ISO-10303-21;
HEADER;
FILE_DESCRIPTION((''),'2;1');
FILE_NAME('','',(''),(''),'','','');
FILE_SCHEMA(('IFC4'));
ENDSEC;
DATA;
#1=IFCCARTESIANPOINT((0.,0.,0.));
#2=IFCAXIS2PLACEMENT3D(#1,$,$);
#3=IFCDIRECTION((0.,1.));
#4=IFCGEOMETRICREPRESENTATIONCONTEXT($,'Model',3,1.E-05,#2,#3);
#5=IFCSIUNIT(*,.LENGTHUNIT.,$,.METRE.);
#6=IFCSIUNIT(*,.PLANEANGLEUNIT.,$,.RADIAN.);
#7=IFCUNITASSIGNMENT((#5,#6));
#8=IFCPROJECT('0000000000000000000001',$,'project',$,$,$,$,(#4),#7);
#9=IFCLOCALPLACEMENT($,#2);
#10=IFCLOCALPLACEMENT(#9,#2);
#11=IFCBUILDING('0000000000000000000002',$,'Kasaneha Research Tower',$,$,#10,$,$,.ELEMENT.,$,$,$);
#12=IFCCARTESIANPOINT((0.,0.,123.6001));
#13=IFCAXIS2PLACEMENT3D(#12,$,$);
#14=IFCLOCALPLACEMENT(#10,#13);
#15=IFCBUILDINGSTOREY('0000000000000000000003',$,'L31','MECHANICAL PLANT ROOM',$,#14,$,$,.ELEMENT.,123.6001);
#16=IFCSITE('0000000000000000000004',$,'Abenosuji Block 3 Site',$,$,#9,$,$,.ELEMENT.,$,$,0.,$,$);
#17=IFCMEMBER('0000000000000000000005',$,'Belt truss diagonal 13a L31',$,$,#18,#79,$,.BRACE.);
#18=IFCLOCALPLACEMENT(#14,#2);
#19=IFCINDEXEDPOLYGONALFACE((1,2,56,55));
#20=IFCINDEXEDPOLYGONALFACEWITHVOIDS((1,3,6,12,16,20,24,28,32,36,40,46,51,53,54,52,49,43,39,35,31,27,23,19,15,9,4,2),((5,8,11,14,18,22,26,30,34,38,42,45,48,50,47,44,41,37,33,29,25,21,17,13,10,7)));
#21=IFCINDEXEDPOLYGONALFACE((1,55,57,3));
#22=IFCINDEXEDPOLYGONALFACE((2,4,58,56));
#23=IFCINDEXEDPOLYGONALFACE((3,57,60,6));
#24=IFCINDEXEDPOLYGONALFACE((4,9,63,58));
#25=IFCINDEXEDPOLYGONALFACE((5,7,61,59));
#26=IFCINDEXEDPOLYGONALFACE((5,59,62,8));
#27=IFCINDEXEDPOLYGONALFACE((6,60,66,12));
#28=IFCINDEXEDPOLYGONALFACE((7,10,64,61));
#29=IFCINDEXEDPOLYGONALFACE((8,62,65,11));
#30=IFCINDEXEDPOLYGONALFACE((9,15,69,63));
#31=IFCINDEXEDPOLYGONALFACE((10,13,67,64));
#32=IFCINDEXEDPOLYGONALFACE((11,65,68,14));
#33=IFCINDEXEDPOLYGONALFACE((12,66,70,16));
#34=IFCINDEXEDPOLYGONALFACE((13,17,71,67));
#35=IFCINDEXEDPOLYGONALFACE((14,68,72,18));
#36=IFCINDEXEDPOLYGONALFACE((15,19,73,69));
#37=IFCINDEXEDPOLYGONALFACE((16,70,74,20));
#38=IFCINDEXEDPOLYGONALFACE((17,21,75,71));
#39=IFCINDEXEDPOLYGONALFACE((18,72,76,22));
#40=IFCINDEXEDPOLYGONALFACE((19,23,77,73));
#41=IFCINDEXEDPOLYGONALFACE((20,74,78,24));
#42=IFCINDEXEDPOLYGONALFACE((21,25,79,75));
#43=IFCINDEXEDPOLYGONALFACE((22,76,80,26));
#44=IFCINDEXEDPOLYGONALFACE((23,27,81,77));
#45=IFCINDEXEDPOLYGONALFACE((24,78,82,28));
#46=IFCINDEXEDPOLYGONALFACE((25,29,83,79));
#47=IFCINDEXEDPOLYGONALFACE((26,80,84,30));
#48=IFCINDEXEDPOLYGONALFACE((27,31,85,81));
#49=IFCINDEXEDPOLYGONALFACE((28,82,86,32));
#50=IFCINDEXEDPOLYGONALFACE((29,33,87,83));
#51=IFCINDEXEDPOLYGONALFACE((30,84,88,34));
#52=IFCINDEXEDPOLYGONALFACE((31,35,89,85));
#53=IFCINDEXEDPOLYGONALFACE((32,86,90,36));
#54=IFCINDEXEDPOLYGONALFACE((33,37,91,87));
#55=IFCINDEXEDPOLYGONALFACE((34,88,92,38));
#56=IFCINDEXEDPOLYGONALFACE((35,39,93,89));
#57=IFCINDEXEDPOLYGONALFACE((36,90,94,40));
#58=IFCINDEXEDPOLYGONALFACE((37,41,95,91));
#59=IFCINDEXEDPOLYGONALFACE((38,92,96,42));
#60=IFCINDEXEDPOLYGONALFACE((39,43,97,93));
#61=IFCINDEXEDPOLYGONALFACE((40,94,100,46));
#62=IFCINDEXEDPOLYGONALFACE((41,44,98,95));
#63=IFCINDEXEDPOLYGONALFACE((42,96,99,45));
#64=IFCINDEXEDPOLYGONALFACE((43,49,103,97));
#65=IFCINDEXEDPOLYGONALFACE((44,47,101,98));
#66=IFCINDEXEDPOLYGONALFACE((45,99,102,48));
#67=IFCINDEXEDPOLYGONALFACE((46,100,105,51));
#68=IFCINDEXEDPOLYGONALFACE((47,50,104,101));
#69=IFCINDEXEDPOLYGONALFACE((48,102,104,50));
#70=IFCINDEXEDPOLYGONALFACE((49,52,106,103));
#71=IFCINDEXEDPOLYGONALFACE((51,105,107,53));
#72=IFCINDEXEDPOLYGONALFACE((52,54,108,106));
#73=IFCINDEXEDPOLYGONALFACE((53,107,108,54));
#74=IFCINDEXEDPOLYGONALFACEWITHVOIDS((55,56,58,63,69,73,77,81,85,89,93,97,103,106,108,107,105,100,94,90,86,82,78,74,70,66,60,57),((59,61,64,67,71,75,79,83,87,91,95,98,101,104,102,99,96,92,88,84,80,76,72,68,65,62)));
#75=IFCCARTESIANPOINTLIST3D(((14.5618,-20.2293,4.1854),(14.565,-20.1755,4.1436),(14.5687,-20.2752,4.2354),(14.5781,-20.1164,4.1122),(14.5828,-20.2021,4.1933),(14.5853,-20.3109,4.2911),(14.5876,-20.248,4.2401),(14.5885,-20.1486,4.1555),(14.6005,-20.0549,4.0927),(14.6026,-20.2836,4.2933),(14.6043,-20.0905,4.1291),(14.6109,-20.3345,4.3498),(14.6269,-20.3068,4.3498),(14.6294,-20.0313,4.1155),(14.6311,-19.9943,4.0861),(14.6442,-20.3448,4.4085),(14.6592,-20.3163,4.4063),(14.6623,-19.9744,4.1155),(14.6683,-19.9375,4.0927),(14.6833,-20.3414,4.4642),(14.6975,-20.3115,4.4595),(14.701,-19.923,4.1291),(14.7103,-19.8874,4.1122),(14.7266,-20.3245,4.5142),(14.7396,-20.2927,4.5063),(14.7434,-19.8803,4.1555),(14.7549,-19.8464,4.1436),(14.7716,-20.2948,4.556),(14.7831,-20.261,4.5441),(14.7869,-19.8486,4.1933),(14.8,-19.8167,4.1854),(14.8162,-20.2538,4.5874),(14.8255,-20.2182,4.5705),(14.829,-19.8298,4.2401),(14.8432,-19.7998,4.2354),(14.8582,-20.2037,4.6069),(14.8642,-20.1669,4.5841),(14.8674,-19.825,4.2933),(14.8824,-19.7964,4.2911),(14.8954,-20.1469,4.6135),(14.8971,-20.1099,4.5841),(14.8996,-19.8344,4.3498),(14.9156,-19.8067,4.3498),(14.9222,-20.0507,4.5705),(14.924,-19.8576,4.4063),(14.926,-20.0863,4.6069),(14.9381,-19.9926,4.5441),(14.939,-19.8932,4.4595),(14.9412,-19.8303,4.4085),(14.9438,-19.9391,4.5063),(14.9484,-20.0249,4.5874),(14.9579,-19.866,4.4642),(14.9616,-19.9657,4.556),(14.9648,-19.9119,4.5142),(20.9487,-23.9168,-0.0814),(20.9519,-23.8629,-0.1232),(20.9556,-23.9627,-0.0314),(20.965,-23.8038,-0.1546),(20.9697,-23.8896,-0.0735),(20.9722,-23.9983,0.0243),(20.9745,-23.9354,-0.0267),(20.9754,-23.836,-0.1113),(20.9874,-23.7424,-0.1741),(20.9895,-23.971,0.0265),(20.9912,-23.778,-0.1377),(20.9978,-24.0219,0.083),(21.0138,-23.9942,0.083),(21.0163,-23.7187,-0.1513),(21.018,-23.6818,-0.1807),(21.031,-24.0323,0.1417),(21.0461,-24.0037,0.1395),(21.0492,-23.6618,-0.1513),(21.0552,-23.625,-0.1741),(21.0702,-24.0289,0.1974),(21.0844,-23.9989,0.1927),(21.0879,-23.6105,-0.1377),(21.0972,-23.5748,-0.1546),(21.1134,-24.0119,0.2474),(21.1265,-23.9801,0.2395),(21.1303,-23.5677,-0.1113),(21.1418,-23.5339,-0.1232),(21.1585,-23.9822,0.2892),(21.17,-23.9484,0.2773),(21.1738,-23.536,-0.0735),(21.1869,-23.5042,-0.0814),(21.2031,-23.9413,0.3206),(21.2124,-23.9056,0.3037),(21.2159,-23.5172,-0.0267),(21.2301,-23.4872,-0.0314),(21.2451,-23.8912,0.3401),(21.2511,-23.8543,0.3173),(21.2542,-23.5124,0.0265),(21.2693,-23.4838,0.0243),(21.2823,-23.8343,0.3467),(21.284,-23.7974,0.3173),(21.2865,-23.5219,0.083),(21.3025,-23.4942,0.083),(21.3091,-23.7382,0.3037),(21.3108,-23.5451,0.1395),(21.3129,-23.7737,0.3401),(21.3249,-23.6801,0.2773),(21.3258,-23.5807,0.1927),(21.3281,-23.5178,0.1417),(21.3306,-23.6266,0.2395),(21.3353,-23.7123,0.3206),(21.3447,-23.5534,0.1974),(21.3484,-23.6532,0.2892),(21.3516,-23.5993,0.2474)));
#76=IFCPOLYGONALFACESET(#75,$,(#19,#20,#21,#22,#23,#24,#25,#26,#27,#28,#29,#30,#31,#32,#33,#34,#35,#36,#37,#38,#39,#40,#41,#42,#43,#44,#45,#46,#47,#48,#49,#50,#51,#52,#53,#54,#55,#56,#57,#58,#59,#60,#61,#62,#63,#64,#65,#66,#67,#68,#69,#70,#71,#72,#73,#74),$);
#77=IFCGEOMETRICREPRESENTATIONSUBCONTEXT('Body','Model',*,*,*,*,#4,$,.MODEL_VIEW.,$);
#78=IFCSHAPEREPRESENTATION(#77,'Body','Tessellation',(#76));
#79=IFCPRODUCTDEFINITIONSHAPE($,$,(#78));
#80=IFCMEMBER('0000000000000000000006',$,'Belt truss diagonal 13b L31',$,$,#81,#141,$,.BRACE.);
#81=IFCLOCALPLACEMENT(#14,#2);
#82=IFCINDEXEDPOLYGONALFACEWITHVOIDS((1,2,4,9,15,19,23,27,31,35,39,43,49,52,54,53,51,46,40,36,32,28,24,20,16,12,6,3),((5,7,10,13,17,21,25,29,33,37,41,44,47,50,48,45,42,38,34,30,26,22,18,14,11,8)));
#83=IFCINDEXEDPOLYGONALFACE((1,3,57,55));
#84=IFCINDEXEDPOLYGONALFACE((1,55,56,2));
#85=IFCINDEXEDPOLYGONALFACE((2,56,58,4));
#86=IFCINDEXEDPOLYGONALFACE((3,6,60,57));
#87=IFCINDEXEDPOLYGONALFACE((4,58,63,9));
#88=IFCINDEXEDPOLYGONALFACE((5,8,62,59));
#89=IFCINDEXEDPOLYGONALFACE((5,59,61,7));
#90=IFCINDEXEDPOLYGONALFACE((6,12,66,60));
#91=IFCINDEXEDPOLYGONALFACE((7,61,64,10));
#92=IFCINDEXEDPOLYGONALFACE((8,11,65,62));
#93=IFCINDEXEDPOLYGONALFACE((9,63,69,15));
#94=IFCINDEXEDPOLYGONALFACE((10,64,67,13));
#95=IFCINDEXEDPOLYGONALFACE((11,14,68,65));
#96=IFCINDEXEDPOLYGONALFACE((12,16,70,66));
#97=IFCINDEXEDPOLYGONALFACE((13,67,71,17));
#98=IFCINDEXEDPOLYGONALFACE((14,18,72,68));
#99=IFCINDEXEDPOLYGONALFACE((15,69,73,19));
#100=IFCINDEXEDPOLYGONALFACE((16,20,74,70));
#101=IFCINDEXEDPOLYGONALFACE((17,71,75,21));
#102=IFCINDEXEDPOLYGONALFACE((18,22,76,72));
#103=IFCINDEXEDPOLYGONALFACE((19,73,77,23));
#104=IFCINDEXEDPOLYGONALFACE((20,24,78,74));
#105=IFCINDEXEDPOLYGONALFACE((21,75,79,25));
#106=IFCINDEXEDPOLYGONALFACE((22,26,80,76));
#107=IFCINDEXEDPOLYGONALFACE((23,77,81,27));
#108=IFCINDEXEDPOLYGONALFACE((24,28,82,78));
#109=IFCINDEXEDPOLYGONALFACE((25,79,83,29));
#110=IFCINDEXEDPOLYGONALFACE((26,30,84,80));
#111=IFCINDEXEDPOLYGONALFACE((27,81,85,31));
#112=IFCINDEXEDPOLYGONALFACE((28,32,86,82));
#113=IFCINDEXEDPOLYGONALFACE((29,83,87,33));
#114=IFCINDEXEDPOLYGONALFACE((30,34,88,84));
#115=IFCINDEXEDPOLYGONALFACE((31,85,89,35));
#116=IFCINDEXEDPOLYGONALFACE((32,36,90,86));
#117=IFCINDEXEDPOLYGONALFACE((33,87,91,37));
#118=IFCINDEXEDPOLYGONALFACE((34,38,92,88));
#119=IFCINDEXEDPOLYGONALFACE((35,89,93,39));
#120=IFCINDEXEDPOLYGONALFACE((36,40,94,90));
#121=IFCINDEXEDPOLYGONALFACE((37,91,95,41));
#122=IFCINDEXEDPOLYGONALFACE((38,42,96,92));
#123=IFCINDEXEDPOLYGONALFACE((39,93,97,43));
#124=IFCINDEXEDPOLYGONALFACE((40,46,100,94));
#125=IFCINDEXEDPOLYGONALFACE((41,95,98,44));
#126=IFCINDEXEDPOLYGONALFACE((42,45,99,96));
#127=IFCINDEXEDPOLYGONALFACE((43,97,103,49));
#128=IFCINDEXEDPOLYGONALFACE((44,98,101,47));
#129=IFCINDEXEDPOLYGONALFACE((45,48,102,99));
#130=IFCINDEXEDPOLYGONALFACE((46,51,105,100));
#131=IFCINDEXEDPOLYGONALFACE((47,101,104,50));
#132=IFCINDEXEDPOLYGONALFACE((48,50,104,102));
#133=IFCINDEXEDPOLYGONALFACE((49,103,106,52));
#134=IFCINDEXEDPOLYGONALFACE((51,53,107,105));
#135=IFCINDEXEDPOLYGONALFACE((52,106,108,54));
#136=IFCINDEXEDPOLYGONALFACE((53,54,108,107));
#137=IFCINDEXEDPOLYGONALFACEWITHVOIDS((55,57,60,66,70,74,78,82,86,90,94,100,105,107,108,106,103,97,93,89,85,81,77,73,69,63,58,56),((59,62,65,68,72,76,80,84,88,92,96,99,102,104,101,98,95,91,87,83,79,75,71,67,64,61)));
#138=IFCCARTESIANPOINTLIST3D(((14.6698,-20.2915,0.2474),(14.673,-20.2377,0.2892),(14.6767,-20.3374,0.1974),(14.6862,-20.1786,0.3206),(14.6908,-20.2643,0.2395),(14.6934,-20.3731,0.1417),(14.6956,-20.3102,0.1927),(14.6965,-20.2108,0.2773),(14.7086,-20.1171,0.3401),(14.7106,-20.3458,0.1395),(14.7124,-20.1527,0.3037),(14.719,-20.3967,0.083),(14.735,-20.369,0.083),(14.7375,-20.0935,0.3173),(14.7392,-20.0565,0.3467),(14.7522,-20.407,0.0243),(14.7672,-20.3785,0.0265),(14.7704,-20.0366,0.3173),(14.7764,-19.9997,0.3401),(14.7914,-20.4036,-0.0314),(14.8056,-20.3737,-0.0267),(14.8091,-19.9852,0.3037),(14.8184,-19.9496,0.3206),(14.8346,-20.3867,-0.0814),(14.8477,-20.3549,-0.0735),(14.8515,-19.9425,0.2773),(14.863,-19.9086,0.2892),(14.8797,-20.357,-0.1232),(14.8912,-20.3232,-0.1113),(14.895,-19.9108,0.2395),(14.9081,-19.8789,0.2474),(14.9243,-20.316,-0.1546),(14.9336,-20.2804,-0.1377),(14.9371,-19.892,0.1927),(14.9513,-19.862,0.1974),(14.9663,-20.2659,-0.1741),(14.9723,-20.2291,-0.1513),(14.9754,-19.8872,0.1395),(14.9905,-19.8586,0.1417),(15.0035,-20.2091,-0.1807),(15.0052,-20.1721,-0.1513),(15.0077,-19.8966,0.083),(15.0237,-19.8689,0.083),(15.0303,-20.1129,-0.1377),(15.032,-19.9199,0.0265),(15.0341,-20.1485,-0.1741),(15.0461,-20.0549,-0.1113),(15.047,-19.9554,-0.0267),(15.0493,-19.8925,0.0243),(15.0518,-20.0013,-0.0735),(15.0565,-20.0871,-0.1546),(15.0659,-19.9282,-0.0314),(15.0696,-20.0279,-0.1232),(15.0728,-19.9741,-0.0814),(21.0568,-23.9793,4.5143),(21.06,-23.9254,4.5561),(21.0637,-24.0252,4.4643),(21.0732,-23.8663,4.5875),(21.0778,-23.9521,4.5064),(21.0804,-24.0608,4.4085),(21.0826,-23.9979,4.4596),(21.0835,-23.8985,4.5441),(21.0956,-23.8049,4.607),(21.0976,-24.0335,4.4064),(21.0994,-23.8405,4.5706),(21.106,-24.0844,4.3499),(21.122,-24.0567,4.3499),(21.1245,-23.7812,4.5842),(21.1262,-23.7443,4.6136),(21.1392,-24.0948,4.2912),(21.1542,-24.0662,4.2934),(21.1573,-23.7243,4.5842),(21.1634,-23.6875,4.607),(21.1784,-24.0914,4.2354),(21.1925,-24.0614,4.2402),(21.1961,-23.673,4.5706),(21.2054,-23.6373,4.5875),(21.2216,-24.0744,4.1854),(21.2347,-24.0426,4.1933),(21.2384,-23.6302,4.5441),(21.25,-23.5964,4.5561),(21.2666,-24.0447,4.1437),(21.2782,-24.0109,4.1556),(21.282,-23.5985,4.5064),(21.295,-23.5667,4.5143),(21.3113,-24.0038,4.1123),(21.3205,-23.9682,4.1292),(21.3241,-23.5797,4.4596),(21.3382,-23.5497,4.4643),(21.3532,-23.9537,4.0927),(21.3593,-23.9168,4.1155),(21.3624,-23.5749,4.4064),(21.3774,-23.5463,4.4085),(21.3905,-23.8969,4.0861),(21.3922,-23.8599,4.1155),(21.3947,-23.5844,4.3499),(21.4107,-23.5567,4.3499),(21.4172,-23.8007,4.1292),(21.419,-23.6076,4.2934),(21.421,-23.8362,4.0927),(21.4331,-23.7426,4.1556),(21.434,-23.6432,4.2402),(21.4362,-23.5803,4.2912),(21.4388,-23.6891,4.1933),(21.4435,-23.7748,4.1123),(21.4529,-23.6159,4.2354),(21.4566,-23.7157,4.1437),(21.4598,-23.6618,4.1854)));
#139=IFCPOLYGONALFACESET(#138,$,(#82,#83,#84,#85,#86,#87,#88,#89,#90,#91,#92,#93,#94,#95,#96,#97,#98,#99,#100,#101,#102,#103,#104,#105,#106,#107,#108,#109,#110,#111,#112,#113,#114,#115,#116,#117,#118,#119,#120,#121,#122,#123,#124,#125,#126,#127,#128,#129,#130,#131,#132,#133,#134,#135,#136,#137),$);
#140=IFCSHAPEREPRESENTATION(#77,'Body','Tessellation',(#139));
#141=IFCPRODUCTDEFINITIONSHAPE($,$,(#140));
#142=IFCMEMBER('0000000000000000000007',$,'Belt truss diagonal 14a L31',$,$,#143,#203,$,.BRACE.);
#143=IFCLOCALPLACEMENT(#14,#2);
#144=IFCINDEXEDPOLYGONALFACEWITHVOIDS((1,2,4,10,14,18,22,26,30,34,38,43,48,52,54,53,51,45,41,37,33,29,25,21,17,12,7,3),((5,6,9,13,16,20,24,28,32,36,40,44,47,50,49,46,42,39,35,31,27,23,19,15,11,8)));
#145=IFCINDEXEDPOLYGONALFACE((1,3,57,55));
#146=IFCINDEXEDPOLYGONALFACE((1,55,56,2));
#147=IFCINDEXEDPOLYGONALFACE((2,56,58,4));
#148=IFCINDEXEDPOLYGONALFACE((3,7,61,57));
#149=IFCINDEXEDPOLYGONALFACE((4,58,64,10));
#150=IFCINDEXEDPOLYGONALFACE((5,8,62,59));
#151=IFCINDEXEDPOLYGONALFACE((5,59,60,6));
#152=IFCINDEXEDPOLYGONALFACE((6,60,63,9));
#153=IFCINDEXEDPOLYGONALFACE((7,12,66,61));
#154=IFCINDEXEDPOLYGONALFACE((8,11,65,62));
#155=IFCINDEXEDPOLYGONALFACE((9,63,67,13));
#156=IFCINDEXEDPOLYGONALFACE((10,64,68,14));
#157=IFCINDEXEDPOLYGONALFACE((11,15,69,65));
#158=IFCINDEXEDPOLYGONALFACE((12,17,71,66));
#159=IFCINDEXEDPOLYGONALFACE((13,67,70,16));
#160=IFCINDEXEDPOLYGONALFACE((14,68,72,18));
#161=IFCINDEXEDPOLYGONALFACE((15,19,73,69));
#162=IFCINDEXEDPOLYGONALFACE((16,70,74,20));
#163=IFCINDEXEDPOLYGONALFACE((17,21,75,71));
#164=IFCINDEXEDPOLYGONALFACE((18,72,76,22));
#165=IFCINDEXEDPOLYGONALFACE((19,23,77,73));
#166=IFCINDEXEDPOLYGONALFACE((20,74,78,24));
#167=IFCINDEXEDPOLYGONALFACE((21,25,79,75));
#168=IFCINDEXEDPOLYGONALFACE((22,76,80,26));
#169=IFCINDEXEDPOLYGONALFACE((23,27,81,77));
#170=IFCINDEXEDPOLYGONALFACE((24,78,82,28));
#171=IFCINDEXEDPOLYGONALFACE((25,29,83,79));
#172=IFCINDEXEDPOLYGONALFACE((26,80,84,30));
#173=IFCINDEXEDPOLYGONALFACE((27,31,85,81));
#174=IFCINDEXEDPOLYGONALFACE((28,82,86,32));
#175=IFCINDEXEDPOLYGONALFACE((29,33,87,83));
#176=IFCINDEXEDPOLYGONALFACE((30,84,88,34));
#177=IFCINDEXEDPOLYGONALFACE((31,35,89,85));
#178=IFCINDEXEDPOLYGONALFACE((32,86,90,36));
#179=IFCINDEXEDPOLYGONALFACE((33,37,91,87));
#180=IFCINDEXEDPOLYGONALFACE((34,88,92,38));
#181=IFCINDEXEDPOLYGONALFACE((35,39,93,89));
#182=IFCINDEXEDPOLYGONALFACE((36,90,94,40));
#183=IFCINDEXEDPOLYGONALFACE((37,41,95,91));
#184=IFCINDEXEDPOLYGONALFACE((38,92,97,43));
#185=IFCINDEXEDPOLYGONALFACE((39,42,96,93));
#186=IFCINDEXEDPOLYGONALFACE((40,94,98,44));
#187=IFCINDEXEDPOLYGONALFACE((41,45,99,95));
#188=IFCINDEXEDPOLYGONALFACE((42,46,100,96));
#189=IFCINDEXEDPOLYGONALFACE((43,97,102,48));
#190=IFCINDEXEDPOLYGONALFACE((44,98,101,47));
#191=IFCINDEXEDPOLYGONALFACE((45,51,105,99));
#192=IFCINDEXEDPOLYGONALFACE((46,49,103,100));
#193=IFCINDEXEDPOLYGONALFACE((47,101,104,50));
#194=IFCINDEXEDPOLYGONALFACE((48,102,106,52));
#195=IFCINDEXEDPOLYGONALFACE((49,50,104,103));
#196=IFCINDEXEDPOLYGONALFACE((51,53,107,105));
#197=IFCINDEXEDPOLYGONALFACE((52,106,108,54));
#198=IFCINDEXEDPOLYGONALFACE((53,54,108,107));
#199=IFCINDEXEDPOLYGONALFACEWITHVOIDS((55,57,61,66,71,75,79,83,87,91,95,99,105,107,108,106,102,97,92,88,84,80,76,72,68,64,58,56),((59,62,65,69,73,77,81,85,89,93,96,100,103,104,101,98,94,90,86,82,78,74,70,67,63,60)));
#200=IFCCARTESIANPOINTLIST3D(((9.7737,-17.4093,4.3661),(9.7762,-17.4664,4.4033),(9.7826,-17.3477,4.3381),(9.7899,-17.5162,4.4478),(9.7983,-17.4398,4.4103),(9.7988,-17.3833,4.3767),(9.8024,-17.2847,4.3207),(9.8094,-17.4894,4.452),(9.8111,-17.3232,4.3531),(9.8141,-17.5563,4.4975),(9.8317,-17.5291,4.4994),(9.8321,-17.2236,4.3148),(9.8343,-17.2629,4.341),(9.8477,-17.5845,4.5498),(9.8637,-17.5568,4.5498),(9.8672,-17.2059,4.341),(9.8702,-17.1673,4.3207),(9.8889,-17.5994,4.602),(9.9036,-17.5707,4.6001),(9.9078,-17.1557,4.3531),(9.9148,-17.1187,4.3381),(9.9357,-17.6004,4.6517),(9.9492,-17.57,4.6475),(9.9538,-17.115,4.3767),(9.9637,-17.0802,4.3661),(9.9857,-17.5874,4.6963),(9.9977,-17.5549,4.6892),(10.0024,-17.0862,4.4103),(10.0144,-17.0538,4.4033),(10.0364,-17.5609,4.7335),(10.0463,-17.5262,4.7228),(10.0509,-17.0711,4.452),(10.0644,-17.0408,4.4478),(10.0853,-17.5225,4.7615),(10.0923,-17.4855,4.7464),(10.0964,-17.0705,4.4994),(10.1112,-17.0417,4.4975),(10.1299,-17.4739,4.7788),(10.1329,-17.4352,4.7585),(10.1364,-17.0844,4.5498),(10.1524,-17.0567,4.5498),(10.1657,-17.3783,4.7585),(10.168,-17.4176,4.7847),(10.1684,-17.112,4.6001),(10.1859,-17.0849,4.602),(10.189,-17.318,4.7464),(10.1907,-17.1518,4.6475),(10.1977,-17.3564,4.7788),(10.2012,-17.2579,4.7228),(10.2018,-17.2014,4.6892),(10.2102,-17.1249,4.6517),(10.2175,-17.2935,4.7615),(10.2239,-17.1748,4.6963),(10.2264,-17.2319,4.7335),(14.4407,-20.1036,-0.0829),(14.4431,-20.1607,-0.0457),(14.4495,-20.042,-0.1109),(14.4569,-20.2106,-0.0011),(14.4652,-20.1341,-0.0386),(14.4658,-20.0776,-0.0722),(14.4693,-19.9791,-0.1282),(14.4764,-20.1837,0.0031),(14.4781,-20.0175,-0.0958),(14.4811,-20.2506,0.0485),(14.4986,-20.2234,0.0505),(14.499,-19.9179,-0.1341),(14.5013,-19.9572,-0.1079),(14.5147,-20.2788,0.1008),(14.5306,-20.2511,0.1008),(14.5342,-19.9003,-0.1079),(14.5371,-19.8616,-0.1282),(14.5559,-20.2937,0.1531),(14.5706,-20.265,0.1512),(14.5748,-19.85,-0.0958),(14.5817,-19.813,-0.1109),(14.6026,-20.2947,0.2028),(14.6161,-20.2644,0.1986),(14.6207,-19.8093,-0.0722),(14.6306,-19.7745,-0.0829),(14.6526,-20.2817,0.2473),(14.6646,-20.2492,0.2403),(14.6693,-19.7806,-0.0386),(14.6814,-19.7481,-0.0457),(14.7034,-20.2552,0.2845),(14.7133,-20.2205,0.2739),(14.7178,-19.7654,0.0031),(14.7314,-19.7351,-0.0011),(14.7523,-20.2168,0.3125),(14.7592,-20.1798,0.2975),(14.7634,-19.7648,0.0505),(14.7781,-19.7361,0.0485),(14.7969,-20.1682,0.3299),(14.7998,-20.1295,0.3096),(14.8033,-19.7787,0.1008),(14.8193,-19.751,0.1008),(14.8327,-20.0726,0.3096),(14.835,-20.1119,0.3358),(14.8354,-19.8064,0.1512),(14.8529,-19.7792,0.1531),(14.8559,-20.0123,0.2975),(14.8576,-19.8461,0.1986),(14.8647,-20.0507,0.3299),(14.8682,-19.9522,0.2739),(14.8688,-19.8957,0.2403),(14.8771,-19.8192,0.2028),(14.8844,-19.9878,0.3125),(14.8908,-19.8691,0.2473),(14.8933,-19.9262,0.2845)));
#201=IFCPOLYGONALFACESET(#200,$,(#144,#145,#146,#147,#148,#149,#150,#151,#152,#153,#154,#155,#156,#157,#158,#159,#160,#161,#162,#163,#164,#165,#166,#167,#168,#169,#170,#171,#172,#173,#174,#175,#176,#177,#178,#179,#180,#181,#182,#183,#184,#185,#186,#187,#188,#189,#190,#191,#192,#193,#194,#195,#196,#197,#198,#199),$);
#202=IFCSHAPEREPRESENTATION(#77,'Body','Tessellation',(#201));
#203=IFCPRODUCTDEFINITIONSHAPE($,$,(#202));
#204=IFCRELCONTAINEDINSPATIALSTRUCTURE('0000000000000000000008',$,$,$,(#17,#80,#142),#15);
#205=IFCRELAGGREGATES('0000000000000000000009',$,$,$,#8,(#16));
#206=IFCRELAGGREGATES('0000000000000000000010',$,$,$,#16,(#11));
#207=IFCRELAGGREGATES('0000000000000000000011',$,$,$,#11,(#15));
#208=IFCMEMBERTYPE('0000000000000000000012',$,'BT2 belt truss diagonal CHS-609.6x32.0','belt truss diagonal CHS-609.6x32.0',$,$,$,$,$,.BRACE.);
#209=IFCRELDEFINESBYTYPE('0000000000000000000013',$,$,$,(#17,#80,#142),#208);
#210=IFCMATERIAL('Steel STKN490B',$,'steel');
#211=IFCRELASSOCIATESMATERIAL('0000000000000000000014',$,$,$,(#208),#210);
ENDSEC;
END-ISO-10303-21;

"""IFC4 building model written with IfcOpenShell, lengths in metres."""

from ifc_helpers import new_model, si_unit, direction, frame, origin, origin_2d, place, context, subcontext, project, spatial, hollow_circle, extrude, material, material_profile, profile_set, type_object, element, save


model = new_model("IFC4")

# Units and contexts
model_context = context("Model", 3, precision=1e-05, world=origin(), true_north=direction((0.0, 1.0)))
body_context = subcontext(model_context, "Body", "Model", "MODEL_VIEW")
ifc_project = project(units=[si_unit("LENGTHUNIT", "METRE"), si_unit("PLANEANGLEUNIT", "RADIAN")], contexts=[model_context])

# Site, building, storey
site_placement = place(None, origin())
site = spatial("IfcSite", under=ifc_project, at=site_placement, Name="Abenosuji Block 3 Site", CompositionType="ELEMENT", RefElevation=0.0)
building_placement = place(site_placement, origin())
building = spatial("IfcBuilding", under=site, at=building_placement, Name="Kasaneha Research Tower", CompositionType="ELEMENT")
storey_placement = place(building_placement, frame((0.0, 0.0, 123.6001)))
storey = spatial("IfcBuildingStorey", under=building, at=storey_placement, Name="L31", Description="MECHANICAL PLANT ROOM", CompositionType="ELEMENT", Elevation=123.6001)

# Members
ifc_material_1 = material(Name="Steel STKN490B", Category="steel")
ifc_material_profile_1 = material_profile(ifc_material_1, hollow_circle(Radius=0.3047, WallThickness=0.032, at=origin_2d()), Name="CHS-609.6x32.0")
ifc_profile_set_1 = profile_set([ifc_material_profile_1], Name="Steel STKN490B")
member_type = type_object("IfcMemberType", Name="BT2 belt truss diagonal CHS-609.6x32.0", Description="belt truss diagonal CHS-609.6x32.0", PredefinedType="BRACE", material=ifc_profile_set_1)
member_1_placement = place(storey_placement, frame((21.1501, -23.7581, 0.083), z_axis=(-0.74961, 0.432786, 0.500781), x_axis=(-0.499999, -0.866026, 0.0)))
element("IfcMember", 1, at=member_1_placement, inside=storey, type_object=member_type, Name="Belt truss diagonal 13a L31", PredefinedType="BRACE", context=body_context, shape_type="SweptSolid", body=[
    extrude(hollow_circle(Radius=0.3047, WallThickness=0.032, at=origin_2d()), origin(), (0.0, 0.0, 1.0), 8.5203),
])
member_2_placement = place(storey_placement, frame((14.8713, -20.1328, 0.083), z_axis=(0.749601, -0.432809, 0.500775), x_axis=(0.500023, 0.866012, 0.0)))
element("IfcMember", 2, at=member_2_placement, inside=storey, type_object=member_type, Name="Belt truss diagonal 13b L31", PredefinedType="BRACE", context=body_context, shape_type="SweptSolid", body=[
    extrude(hollow_circle(Radius=0.3047, WallThickness=0.032, at=origin_2d()), origin(), (0.0, 0.0, 1.0), 8.5205),
])
member_3_placement = place(storey_placement, frame((14.667, -20.0149, 0.1008), z_axis=(-0.667848, 0.38556, 0.636649), x_axis=(-0.499979, -0.866038, 0.0)))
element("IfcMember", 3, at=member_3_placement, inside=storey, type_object=member_type, Name="Belt truss diagonal 14a L31", PredefinedType="BRACE", context=body_context, shape_type="SweptSolid", body=[
    extrude(hollow_circle(Radius=0.3047, WallThickness=0.032, at=origin_2d()), origin(), (0.0, 0.0, 1.0), 6.988),
])

save(model, "model.ifc")
